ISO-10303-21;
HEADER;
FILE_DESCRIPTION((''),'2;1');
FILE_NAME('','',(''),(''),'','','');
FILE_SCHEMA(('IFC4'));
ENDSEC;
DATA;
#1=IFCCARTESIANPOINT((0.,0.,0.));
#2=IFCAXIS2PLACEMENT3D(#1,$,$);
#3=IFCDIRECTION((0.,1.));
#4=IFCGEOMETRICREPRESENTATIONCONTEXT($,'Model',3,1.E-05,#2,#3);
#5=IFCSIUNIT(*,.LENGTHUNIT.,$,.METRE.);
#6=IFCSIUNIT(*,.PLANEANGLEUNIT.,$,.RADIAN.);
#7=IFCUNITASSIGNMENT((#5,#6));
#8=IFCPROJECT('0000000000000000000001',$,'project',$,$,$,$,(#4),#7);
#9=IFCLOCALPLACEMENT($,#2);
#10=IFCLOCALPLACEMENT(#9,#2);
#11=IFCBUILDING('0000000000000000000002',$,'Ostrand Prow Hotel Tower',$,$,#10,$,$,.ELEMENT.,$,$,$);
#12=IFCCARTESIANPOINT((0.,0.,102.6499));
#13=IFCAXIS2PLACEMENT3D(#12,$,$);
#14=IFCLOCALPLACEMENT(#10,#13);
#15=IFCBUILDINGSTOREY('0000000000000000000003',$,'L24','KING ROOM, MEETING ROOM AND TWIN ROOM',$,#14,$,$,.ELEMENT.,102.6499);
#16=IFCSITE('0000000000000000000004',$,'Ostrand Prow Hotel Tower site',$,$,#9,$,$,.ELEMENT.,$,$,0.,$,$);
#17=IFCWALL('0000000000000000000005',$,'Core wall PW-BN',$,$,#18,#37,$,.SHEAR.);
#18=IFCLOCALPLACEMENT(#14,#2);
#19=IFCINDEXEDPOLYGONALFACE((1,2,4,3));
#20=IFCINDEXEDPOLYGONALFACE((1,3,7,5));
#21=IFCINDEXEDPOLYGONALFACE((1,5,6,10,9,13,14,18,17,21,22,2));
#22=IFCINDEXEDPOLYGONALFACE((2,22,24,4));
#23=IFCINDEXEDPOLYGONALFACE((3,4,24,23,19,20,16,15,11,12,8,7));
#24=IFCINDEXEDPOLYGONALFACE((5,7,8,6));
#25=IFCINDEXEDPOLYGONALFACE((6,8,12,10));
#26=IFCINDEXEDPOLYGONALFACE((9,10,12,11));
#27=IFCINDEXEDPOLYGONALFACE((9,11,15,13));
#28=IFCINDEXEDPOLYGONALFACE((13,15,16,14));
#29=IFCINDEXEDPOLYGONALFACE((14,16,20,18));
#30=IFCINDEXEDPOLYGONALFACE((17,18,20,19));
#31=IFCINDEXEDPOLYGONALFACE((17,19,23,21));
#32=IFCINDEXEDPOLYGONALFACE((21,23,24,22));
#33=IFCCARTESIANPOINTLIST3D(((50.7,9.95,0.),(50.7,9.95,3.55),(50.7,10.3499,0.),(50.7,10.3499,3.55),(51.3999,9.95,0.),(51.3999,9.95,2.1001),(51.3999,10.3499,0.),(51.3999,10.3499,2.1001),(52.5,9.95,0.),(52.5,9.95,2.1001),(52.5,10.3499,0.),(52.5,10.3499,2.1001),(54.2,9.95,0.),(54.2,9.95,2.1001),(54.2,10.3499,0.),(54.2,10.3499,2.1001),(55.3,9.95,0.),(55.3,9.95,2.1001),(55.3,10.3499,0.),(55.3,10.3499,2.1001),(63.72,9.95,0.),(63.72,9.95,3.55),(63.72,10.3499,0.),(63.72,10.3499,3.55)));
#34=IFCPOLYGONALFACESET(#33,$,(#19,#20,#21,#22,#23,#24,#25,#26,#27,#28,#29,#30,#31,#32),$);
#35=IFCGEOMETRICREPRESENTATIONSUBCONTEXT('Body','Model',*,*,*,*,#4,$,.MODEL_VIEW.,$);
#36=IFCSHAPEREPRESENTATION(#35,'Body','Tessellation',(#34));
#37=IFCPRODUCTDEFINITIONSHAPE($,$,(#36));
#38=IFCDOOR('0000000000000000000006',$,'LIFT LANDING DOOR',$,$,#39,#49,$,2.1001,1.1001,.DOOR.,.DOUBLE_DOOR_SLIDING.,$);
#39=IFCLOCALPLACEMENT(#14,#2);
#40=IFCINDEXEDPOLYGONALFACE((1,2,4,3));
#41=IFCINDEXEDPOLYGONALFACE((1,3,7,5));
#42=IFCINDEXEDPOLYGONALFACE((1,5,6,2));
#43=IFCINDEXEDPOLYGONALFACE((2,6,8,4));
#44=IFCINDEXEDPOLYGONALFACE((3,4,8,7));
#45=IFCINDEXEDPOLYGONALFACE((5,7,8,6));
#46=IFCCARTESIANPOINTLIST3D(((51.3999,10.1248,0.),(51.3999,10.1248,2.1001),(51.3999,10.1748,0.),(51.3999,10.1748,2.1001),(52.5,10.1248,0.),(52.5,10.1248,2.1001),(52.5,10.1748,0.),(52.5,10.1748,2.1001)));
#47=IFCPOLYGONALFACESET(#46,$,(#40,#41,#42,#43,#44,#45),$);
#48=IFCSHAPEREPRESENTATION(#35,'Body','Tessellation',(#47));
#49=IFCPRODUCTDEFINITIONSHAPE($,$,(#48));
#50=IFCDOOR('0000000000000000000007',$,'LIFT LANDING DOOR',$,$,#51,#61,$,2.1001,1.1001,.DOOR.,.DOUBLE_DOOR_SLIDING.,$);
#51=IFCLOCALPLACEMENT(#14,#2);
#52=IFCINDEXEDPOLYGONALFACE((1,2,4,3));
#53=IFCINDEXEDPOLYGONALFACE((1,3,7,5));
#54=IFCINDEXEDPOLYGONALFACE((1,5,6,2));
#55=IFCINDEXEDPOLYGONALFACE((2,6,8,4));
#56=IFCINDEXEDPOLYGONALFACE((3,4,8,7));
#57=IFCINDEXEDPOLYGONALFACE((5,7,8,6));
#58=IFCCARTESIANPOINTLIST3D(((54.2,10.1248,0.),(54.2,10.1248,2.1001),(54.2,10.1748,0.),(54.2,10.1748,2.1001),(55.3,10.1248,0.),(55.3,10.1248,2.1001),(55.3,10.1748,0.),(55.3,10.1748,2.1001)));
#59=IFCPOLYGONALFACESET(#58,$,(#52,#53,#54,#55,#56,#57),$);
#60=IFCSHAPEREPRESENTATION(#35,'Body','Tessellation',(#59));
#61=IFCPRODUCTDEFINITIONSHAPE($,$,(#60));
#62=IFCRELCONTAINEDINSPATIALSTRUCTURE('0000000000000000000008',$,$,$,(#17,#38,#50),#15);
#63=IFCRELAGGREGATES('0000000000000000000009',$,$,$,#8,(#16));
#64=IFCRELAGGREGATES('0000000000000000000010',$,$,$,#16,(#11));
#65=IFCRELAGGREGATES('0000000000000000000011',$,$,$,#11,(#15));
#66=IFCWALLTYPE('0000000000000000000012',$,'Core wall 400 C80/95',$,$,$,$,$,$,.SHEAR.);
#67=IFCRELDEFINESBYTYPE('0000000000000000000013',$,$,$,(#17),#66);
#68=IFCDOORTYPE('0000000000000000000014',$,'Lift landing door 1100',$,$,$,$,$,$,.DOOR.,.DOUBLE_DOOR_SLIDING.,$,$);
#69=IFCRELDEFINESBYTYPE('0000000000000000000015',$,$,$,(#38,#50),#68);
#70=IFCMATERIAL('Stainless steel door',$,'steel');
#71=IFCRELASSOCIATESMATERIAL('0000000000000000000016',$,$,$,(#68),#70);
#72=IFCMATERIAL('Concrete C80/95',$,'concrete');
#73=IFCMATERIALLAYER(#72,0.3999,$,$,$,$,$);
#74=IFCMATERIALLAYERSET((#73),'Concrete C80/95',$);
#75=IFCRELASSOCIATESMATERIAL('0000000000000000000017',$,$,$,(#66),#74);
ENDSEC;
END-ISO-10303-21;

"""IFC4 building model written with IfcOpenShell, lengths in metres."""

from ifc_helpers import new_model, si_unit, direction, frame, frame_2d, origin, place, context, subcontext, project, spatial, rectangle, extrude, material, layer, layer_set, type_object, element, fill, save


model = new_model("IFC4")

# Units and contexts
model_context = context("Model", 3, precision=1e-05, world=origin(), true_north=direction((0.0, 1.0)))
body_context = subcontext(model_context, "Body", "Model", "MODEL_VIEW")
ifc_project = project(units=[si_unit("LENGTHUNIT", "METRE"), si_unit("PLANEANGLEUNIT", "RADIAN")], contexts=[model_context])

# Site, building, storey
site_placement = place(None, origin())
site = spatial("IfcSite", under=ifc_project, at=site_placement, Name="Ostrand Prow Hotel Tower site", CompositionType="ELEMENT", RefElevation=0.0)
building_placement = place(site_placement, origin())
building = spatial("IfcBuilding", under=site, at=building_placement, Name="Ostrand Prow Hotel Tower", CompositionType="ELEMENT")
storey_placement = place(building_placement, frame((0.0, 0.0, 102.6499)))
storey = spatial("IfcBuildingStorey", under=building, at=storey_placement, Name="L24", Description="KING ROOM, MEETING ROOM AND TWIN ROOM", CompositionType="ELEMENT", Elevation=102.6499)

# Shared definitions
ifc_material_1 = material(Name="Stainless steel door", Category="steel")
door_type_1 = type_object("IfcDoorType", Name="Lift landing door 1100", OperationType="DOUBLE_DOOR_SLIDING", PredefinedType="DOOR", material=ifc_material_1)

# Wall, openings, doors
ifc_material_2 = material(Name="Concrete C80/95", Category="concrete")
ifc_layer_1 = layer(ifc_material_2, 0.3999)
ifc_layer_set_1 = layer_set([ifc_layer_1], Name="Concrete C80/95")
wall_type_1 = type_object("IfcWallType", Name="Core wall 400 C80/95", PredefinedType="SHEAR", material=ifc_layer_set_1)
wall_1_placement = place(storey_placement, frame((50.7, 10.1499, 0.0), z_axis=(0.0, 0.0, 1.0), x_axis=(1.0, 0.0, 0.0)))
wall_1 = element("IfcWall", 1, at=wall_1_placement, inside=storey, type_object=wall_type_1, Name="Core wall PW-BN", PredefinedType="SHEAR", context=body_context, shape_type="SweptSolid", body=[
    extrude(rectangle(XDim=13.02, YDim=0.3999, at=frame_2d((6.51, 0.0))), origin(), (0.0, 0.0, 1.0), 3.55),
])
opening_1_placement = place(wall_1_placement, frame((0.7, 0.0, 0.0)))
opening_1 = element("IfcOpeningElement", 2, at=opening_1_placement, cuts=wall_1, PredefinedType="OPENING", context=body_context, shape_type="SweptSolid", body=[
    extrude(rectangle(XDim=1.1001, YDim=2.1001, at=frame_2d((0.55, 1.05))), frame((0.0, 0.21, 0.0), z_axis=(0.0, -1.0, 0.0), x_axis=(1.0, 0.0, 0.0)), (0.0, 0.0, 1.0), 0.4199),
])
opening_2_placement = place(wall_1_placement, frame((3.5, 0.0, 0.0)))
opening_2 = element("IfcOpeningElement", 3, at=opening_2_placement, cuts=wall_1, PredefinedType="OPENING", context=body_context, shape_type="SweptSolid", body=[
    extrude(rectangle(XDim=1.1001, YDim=2.1001, at=frame_2d((0.55, 1.05))), frame((0.0, 0.21, 0.0), z_axis=(0.0, -1.0, 0.0), x_axis=(1.0, 0.0, 0.0)), (0.0, 0.0, 1.0), 0.4199),
])
door_1_placement = place(opening_1_placement, origin())
door_1 = element("IfcDoor", 4, at=door_1_placement, inside=storey, type_object=door_type_1, Name="LIFT LANDING DOOR", OperationType="DOUBLE_DOOR_SLIDING", OverallHeight=2.1001, OverallWidth=1.1001, PredefinedType="DOOR", context=body_context, shape_type="SweptSolid", body=[
    extrude(rectangle(XDim=1.1001, YDim=2.1001, at=frame_2d((0.55, 1.05))), frame((0.0, 0.0249, 0.0), z_axis=(0.0, -1.0, 0.0), x_axis=(1.0, 0.0, 0.0)), (0.0, 0.0, 1.0), 0.05),
])
fill(opening_1, door_1)
door_2_placement = place(opening_2_placement, origin())
door_2 = element("IfcDoor", 5, at=door_2_placement, inside=storey, type_object=door_type_1, Name="LIFT LANDING DOOR", OperationType="DOUBLE_DOOR_SLIDING", OverallHeight=2.1001, OverallWidth=1.1001, PredefinedType="DOOR", context=body_context, shape_type="SweptSolid", body=[
    extrude(rectangle(XDim=1.1001, YDim=2.1001, at=frame_2d((0.55, 1.05))), frame((0.0, 0.0249, 0.0), z_axis=(0.0, -1.0, 0.0), x_axis=(1.0, 0.0, 0.0)), (0.0, 0.0, 1.0), 0.05),
])
fill(opening_2, door_2)

save(model, "model.ifc")
